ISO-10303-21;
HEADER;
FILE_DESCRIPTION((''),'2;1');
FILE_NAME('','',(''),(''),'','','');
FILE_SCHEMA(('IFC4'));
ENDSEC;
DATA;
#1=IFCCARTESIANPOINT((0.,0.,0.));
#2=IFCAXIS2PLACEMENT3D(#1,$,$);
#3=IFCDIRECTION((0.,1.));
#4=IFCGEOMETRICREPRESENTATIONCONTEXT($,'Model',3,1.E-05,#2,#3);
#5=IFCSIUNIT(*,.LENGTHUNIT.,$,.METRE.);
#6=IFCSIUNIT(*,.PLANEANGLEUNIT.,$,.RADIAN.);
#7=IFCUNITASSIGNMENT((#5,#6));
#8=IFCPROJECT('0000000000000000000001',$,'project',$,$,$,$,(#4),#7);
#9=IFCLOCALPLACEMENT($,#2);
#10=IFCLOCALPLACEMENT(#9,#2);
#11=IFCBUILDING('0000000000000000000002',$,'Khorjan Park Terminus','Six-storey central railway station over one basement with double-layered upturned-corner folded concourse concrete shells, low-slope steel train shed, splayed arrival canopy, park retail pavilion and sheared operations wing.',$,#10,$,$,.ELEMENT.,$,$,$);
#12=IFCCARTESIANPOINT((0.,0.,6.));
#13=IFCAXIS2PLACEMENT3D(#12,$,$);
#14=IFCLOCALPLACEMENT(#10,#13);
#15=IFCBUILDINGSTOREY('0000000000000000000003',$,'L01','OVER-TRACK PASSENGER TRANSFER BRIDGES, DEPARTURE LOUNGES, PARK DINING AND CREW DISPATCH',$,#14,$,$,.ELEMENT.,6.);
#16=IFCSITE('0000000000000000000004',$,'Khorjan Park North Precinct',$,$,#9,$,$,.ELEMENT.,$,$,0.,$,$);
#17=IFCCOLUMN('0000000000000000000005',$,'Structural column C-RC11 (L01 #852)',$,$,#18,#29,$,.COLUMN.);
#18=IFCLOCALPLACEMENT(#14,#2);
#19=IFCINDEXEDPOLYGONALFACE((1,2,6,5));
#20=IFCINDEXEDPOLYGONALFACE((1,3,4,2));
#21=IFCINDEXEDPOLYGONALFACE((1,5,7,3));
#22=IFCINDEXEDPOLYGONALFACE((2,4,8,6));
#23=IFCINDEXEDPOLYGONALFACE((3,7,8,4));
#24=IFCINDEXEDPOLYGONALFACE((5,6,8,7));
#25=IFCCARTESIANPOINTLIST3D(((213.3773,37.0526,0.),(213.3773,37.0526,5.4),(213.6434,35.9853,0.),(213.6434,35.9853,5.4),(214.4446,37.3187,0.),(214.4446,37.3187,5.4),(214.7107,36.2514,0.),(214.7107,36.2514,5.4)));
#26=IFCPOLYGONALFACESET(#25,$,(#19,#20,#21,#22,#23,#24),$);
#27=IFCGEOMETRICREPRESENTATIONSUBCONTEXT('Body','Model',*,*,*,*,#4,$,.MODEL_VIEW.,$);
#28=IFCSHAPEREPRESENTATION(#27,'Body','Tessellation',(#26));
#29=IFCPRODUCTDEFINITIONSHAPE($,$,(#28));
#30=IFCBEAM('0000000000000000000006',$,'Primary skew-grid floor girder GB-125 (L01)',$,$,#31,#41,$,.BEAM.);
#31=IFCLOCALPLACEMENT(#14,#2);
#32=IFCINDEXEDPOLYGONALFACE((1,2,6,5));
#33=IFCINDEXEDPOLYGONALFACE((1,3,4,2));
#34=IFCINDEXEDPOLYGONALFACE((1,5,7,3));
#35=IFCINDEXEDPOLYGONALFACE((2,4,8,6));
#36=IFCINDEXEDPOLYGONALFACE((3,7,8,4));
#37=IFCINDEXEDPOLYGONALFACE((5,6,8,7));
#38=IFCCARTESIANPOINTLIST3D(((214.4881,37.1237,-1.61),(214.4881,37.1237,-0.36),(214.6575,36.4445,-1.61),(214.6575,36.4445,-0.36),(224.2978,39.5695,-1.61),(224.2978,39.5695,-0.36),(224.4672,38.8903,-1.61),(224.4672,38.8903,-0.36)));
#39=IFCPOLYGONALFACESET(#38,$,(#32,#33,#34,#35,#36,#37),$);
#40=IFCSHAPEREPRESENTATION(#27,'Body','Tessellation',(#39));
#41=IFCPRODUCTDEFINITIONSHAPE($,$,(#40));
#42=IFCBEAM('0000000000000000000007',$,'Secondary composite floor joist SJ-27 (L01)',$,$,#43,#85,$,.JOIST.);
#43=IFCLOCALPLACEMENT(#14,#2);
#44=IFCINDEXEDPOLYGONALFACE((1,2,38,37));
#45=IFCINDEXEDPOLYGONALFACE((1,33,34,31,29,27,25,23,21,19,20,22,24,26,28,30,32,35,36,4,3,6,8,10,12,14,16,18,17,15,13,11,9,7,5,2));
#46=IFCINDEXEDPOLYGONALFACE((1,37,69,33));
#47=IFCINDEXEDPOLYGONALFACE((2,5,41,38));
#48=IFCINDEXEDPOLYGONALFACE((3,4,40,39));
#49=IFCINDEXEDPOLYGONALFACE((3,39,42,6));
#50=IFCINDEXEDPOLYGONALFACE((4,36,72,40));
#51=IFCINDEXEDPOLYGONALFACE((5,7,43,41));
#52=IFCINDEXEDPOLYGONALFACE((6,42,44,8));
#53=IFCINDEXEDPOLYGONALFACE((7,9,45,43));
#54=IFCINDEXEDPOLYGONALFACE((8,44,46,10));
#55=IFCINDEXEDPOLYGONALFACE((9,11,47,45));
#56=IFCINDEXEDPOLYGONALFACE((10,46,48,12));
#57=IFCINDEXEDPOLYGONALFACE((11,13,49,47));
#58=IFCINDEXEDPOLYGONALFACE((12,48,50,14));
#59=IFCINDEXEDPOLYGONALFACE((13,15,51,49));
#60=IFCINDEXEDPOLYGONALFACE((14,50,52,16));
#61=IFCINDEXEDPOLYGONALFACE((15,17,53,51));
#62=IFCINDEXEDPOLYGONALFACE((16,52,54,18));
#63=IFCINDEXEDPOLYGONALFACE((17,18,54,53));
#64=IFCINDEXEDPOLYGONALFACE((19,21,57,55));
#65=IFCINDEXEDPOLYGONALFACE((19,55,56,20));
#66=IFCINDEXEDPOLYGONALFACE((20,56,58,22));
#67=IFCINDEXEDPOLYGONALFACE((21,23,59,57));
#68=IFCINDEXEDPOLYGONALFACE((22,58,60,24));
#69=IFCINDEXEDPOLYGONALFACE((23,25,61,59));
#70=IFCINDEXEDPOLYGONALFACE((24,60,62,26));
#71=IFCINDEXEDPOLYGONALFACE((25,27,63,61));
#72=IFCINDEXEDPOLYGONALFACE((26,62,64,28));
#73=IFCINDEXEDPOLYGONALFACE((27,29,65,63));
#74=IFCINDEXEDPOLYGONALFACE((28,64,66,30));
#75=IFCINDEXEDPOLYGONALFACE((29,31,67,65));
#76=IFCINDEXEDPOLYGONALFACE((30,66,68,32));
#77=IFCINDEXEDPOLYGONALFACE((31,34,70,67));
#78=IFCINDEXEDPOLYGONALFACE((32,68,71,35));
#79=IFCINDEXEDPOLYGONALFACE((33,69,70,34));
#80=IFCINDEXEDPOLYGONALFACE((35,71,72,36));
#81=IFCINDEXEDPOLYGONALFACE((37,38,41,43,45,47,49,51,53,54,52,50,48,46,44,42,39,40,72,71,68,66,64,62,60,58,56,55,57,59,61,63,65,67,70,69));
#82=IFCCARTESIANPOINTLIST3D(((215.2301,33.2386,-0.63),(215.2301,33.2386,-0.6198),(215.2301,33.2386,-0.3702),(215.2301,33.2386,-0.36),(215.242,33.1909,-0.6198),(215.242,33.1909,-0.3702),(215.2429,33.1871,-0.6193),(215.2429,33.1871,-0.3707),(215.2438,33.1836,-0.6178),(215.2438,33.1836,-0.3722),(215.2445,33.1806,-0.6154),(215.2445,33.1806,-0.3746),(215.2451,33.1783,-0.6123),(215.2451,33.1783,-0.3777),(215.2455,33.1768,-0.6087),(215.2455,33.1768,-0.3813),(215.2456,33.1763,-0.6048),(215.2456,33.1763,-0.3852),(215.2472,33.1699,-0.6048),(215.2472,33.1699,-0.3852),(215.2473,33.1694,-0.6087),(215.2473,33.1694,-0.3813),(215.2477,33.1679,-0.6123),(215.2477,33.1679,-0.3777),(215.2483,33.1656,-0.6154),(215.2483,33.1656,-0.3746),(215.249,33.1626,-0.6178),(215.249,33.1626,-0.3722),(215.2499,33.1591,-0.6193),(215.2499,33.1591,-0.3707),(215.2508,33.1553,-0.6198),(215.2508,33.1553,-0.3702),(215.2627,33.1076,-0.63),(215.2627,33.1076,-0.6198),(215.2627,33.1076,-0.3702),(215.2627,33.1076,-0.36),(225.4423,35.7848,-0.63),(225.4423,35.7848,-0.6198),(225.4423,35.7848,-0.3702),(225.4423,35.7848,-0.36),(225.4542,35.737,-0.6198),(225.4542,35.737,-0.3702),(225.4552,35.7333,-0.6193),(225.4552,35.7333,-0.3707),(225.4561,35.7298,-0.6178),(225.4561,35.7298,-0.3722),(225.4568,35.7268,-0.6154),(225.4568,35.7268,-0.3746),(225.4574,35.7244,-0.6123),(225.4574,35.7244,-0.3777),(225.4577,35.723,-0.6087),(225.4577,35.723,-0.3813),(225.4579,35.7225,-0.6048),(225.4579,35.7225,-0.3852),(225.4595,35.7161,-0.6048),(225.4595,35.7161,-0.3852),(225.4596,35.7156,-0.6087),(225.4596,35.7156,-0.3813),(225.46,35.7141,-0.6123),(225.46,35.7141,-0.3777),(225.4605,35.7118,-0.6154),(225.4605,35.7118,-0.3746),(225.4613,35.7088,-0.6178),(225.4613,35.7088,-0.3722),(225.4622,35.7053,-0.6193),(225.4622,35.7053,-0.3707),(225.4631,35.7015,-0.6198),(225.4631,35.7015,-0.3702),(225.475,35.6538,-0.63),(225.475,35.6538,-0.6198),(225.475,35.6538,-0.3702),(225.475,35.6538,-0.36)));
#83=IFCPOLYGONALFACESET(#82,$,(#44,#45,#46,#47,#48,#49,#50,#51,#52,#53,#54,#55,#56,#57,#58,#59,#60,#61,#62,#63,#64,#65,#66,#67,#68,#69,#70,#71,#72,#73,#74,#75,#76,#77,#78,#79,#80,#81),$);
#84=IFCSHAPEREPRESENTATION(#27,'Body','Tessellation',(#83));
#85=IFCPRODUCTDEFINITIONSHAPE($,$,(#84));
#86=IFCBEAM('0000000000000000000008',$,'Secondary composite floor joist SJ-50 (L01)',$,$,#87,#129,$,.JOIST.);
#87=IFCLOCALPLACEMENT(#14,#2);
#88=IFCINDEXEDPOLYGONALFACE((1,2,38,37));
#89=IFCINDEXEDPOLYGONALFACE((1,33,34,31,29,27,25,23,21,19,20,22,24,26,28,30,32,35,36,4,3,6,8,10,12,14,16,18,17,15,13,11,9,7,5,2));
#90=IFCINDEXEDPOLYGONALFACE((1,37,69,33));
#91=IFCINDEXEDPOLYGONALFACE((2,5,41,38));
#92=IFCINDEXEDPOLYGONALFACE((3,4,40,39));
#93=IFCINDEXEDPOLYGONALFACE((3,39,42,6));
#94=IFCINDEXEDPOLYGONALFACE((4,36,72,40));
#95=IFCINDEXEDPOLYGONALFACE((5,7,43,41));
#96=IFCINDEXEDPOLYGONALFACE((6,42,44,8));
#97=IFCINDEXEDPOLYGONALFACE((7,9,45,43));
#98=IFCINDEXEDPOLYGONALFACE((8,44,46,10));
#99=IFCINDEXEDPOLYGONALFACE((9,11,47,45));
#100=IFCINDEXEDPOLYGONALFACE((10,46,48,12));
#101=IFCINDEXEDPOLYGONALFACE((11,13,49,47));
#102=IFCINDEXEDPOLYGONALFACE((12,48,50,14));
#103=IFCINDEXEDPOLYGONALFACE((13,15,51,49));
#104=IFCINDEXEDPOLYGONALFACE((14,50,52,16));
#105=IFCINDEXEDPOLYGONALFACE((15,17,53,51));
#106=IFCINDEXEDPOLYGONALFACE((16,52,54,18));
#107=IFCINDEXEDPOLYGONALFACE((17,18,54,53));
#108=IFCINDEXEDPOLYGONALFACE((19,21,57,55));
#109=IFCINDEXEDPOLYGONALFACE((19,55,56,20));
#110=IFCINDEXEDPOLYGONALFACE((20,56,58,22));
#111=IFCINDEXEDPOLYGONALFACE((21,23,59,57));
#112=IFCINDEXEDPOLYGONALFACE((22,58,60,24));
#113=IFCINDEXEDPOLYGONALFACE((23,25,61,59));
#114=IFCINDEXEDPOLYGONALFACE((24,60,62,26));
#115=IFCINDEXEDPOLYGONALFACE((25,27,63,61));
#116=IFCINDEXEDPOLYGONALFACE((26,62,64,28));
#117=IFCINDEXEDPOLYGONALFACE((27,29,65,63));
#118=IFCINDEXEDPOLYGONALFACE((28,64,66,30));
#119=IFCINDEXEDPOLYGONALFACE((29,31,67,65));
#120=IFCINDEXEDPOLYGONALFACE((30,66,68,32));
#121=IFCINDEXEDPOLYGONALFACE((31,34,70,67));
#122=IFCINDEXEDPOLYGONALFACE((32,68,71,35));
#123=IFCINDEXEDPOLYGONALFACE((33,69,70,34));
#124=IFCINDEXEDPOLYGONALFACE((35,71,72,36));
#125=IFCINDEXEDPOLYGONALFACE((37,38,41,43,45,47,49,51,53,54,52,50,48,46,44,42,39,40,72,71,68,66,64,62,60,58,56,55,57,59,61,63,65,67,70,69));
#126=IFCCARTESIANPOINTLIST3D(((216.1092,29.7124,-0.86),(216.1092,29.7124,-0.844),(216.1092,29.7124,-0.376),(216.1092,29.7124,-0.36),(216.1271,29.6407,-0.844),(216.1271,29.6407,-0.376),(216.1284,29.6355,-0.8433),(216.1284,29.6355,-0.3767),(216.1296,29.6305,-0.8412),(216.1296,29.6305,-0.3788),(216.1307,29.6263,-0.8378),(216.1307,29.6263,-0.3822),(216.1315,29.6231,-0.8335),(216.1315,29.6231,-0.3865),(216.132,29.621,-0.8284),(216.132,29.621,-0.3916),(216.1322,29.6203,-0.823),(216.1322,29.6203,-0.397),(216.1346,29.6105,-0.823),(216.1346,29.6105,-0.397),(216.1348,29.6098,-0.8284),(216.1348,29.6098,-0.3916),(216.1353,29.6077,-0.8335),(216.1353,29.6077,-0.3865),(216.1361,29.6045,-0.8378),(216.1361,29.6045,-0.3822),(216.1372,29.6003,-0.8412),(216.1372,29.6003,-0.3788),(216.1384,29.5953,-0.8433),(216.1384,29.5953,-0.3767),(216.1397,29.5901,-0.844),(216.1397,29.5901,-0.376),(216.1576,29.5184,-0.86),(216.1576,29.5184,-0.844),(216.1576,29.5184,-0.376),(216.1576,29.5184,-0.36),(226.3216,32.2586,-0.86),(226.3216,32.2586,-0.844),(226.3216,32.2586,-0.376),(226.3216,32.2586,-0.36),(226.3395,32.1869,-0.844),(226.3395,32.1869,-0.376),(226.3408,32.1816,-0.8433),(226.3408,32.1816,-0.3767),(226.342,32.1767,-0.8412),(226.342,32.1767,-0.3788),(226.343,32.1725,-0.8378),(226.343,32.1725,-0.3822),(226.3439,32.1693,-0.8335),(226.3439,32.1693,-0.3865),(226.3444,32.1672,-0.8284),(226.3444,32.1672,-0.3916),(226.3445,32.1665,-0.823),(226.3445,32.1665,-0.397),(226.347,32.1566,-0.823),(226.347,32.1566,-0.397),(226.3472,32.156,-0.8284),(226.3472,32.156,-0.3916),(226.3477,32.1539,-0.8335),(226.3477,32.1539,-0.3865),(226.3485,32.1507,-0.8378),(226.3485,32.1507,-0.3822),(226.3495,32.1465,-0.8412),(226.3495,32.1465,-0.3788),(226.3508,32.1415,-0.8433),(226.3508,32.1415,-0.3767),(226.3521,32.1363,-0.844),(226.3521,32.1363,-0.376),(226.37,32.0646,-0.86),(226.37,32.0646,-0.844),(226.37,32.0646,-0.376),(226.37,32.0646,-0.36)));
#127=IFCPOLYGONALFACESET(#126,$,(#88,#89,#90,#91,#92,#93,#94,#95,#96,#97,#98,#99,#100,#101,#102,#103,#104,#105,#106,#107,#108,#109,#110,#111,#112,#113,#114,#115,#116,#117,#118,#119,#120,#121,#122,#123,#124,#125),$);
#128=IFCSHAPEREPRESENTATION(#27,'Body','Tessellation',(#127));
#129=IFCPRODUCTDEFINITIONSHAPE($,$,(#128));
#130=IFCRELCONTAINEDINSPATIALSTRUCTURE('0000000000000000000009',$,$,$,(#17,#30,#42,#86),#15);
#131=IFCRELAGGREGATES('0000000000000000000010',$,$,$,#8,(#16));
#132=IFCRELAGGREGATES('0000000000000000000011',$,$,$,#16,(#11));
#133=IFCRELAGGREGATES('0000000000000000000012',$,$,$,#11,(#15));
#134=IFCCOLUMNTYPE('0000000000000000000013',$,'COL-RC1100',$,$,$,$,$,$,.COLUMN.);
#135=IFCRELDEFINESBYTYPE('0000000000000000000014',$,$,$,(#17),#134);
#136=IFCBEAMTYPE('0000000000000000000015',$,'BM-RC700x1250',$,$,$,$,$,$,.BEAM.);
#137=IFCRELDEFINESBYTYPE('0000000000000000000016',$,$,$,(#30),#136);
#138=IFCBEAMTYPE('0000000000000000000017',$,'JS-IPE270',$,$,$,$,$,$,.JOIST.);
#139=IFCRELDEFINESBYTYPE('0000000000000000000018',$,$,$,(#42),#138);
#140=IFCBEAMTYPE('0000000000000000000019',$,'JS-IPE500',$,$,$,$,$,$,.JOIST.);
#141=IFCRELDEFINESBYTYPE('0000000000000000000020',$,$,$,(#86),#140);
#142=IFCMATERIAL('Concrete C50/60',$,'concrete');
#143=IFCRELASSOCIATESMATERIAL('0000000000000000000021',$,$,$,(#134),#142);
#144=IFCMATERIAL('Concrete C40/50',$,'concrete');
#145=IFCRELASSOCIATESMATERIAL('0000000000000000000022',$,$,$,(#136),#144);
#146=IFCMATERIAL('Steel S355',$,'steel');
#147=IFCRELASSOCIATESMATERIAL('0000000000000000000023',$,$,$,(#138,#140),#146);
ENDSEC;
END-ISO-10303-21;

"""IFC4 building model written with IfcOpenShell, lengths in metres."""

from ifc_helpers import new_model, si_unit, direction, frame, origin, origin_2d, place, context, subcontext, project, spatial, rectangle, i_section, extrude, material, material_profile, profile_set, type_object, element, save


model = new_model("IFC4")

# Units and contexts
model_context = context("Model", 3, precision=1e-05, world=origin(), true_north=direction((0.0, 1.0)))
body_context = subcontext(model_context, "Body", "Model", "MODEL_VIEW")
ifc_project = project(units=[si_unit("LENGTHUNIT", "METRE"), si_unit("PLANEANGLEUNIT", "RADIAN")], contexts=[model_context])

# Site, building, storey
site_placement = place(None, origin())
site = spatial("IfcSite", under=ifc_project, at=site_placement, Name="Khorjan Park North Precinct", CompositionType="ELEMENT", RefElevation=0.0)
building_placement = place(site_placement, origin())
building = spatial("IfcBuilding", under=site, at=building_placement, Name="Khorjan Park Terminus", Description="Six-storey central railway station over one basement with double-layered upturned-corner folded concourse concrete shells, low-slope steel train shed, splayed arrival canopy, park retail pavilion and sheared operations wing.", CompositionType="ELEMENT")
storey_placement = place(building_placement, frame((0.0, 0.0, 6.0)))
storey = spatial("IfcBuildingStorey", under=building, at=storey_placement, Name="L01", Description="OVER-TRACK PASSENGER TRANSFER BRIDGES, DEPARTURE LOUNGES, PARK DINING AND CREW DISPATCH", CompositionType="ELEMENT", Elevation=6.0)

# Column
ifc_material_1 = material(Name="Concrete C50/60", Category="concrete")
ifc_material_profile_1 = material_profile(ifc_material_1, rectangle(XDim=1.1, YDim=1.1, at=origin_2d()), Name="RC 1100x1100")
ifc_profile_set_1 = profile_set([ifc_material_profile_1], Name="Concrete C50/60")
column_type = type_object("IfcColumnType", Name="COL-RC1100", PredefinedType="COLUMN", material=ifc_profile_set_1)
column_placement = place(storey_placement, frame((214.044, 36.652, 0.0), z_axis=(0.0, 0.0, 1.0), x_axis=(0.970296, 0.241922, 0.0)))
element("IfcColumn", 1, at=column_placement, inside=storey, type_object=column_type, Name="Structural column C-RC11 (L01 #852)", PredefinedType="COLUMN", context=body_context, shape_type="SweptSolid", body=[
    extrude(rectangle(XDim=1.1, YDim=1.1, at=origin_2d()), origin(), (0.0, 0.0, 1.0), 5.4),
])

# Beams
ifc_material_2 = material(Name="Concrete C40/50", Category="concrete")
ifc_material_profile_2 = material_profile(ifc_material_2, rectangle(XDim=0.7, YDim=1.25, at=origin_2d()), Name="RC 700x1250")
ifc_profile_set_2 = profile_set([ifc_material_profile_2], Name="Concrete C40/50")
beam_type_1 = type_object("IfcBeamType", Name="BM-RC700x1250", PredefinedType="BEAM", material=ifc_profile_set_2)
beam_1_placement = place(storey_placement, frame((214.5728, 36.7841, -0.985), z_axis=(0.970296, 0.241919, 0.0), x_axis=(-0.241919, 0.970296, 0.0)))
element("IfcBeam", 2, at=beam_1_placement, inside=storey, type_object=beam_type_1, Name="Primary skew-grid floor girder GB-125 (L01)", PredefinedType="BEAM", context=body_context, shape_type="SweptSolid", body=[
    extrude(rectangle(XDim=0.7, YDim=1.25, at=origin_2d()), origin(), (0.0, 0.0, 1.0), 10.11),
])
ifc_material_3 = material(Name="Steel S355", Category="steel")
ifc_material_profile_3 = material_profile(ifc_material_3, i_section(OverallWidth=0.135, OverallDepth=0.27, WebThickness=0.0066, FlangeThickness=0.0102, FilletRadius=0.015, at=origin_2d()), Name="IPE 270")
ifc_profile_set_3 = profile_set([ifc_material_profile_3], Name="Steel S355")
beam_type_2 = type_object("IfcBeamType", Name="JS-IPE270", PredefinedType="JOIST", material=ifc_profile_set_3)
beam_2_placement = place(storey_placement, frame((215.2464, 33.1731, -0.495), z_axis=(0.970296, 0.241921, 0.0), x_axis=(-0.241921, 0.970296, 0.0)))
element("IfcBeam", 3, at=beam_2_placement, inside=storey, type_object=beam_type_2, Name="Secondary composite floor joist SJ-27 (L01)", PredefinedType="JOIST", context=body_context, shape_type="SweptSolid", body=[
    extrude(i_section(OverallWidth=0.135, OverallDepth=0.27, WebThickness=0.0066, FlangeThickness=0.0102, FilletRadius=0.015, at=origin_2d()), origin(), (0.0, 0.0, 1.0), 10.5249),
])
ifc_material_profile_4 = material_profile(ifc_material_3, i_section(OverallWidth=0.2, OverallDepth=0.5, WebThickness=0.0102, FlangeThickness=0.016, FilletRadius=0.021, at=origin_2d()), Name="IPE 500")
ifc_profile_set_4 = profile_set([ifc_material_profile_4], Name="Steel S355")
beam_type_3 = type_object("IfcBeamType", Name="JS-IPE500", PredefinedType="JOIST", material=ifc_profile_set_4)
beam_3_placement = place(storey_placement, frame((216.1334, 29.6154, -0.61), z_axis=(0.970297, 0.241919, 0.0), x_axis=(-0.241919, 0.970297, 0.0)))
element("IfcBeam", 4, at=beam_3_placement, inside=storey, type_object=beam_type_3, Name="Secondary composite floor joist SJ-50 (L01)", PredefinedType="JOIST", context=body_context, shape_type="SweptSolid", body=[
    extrude(i_section(OverallWidth=0.2, OverallDepth=0.5, WebThickness=0.0102, FlangeThickness=0.016, FilletRadius=0.021, at=origin_2d()), origin(), (0.0, 0.0, 1.0), 10.525),
])

save(model, "model.ifc")
